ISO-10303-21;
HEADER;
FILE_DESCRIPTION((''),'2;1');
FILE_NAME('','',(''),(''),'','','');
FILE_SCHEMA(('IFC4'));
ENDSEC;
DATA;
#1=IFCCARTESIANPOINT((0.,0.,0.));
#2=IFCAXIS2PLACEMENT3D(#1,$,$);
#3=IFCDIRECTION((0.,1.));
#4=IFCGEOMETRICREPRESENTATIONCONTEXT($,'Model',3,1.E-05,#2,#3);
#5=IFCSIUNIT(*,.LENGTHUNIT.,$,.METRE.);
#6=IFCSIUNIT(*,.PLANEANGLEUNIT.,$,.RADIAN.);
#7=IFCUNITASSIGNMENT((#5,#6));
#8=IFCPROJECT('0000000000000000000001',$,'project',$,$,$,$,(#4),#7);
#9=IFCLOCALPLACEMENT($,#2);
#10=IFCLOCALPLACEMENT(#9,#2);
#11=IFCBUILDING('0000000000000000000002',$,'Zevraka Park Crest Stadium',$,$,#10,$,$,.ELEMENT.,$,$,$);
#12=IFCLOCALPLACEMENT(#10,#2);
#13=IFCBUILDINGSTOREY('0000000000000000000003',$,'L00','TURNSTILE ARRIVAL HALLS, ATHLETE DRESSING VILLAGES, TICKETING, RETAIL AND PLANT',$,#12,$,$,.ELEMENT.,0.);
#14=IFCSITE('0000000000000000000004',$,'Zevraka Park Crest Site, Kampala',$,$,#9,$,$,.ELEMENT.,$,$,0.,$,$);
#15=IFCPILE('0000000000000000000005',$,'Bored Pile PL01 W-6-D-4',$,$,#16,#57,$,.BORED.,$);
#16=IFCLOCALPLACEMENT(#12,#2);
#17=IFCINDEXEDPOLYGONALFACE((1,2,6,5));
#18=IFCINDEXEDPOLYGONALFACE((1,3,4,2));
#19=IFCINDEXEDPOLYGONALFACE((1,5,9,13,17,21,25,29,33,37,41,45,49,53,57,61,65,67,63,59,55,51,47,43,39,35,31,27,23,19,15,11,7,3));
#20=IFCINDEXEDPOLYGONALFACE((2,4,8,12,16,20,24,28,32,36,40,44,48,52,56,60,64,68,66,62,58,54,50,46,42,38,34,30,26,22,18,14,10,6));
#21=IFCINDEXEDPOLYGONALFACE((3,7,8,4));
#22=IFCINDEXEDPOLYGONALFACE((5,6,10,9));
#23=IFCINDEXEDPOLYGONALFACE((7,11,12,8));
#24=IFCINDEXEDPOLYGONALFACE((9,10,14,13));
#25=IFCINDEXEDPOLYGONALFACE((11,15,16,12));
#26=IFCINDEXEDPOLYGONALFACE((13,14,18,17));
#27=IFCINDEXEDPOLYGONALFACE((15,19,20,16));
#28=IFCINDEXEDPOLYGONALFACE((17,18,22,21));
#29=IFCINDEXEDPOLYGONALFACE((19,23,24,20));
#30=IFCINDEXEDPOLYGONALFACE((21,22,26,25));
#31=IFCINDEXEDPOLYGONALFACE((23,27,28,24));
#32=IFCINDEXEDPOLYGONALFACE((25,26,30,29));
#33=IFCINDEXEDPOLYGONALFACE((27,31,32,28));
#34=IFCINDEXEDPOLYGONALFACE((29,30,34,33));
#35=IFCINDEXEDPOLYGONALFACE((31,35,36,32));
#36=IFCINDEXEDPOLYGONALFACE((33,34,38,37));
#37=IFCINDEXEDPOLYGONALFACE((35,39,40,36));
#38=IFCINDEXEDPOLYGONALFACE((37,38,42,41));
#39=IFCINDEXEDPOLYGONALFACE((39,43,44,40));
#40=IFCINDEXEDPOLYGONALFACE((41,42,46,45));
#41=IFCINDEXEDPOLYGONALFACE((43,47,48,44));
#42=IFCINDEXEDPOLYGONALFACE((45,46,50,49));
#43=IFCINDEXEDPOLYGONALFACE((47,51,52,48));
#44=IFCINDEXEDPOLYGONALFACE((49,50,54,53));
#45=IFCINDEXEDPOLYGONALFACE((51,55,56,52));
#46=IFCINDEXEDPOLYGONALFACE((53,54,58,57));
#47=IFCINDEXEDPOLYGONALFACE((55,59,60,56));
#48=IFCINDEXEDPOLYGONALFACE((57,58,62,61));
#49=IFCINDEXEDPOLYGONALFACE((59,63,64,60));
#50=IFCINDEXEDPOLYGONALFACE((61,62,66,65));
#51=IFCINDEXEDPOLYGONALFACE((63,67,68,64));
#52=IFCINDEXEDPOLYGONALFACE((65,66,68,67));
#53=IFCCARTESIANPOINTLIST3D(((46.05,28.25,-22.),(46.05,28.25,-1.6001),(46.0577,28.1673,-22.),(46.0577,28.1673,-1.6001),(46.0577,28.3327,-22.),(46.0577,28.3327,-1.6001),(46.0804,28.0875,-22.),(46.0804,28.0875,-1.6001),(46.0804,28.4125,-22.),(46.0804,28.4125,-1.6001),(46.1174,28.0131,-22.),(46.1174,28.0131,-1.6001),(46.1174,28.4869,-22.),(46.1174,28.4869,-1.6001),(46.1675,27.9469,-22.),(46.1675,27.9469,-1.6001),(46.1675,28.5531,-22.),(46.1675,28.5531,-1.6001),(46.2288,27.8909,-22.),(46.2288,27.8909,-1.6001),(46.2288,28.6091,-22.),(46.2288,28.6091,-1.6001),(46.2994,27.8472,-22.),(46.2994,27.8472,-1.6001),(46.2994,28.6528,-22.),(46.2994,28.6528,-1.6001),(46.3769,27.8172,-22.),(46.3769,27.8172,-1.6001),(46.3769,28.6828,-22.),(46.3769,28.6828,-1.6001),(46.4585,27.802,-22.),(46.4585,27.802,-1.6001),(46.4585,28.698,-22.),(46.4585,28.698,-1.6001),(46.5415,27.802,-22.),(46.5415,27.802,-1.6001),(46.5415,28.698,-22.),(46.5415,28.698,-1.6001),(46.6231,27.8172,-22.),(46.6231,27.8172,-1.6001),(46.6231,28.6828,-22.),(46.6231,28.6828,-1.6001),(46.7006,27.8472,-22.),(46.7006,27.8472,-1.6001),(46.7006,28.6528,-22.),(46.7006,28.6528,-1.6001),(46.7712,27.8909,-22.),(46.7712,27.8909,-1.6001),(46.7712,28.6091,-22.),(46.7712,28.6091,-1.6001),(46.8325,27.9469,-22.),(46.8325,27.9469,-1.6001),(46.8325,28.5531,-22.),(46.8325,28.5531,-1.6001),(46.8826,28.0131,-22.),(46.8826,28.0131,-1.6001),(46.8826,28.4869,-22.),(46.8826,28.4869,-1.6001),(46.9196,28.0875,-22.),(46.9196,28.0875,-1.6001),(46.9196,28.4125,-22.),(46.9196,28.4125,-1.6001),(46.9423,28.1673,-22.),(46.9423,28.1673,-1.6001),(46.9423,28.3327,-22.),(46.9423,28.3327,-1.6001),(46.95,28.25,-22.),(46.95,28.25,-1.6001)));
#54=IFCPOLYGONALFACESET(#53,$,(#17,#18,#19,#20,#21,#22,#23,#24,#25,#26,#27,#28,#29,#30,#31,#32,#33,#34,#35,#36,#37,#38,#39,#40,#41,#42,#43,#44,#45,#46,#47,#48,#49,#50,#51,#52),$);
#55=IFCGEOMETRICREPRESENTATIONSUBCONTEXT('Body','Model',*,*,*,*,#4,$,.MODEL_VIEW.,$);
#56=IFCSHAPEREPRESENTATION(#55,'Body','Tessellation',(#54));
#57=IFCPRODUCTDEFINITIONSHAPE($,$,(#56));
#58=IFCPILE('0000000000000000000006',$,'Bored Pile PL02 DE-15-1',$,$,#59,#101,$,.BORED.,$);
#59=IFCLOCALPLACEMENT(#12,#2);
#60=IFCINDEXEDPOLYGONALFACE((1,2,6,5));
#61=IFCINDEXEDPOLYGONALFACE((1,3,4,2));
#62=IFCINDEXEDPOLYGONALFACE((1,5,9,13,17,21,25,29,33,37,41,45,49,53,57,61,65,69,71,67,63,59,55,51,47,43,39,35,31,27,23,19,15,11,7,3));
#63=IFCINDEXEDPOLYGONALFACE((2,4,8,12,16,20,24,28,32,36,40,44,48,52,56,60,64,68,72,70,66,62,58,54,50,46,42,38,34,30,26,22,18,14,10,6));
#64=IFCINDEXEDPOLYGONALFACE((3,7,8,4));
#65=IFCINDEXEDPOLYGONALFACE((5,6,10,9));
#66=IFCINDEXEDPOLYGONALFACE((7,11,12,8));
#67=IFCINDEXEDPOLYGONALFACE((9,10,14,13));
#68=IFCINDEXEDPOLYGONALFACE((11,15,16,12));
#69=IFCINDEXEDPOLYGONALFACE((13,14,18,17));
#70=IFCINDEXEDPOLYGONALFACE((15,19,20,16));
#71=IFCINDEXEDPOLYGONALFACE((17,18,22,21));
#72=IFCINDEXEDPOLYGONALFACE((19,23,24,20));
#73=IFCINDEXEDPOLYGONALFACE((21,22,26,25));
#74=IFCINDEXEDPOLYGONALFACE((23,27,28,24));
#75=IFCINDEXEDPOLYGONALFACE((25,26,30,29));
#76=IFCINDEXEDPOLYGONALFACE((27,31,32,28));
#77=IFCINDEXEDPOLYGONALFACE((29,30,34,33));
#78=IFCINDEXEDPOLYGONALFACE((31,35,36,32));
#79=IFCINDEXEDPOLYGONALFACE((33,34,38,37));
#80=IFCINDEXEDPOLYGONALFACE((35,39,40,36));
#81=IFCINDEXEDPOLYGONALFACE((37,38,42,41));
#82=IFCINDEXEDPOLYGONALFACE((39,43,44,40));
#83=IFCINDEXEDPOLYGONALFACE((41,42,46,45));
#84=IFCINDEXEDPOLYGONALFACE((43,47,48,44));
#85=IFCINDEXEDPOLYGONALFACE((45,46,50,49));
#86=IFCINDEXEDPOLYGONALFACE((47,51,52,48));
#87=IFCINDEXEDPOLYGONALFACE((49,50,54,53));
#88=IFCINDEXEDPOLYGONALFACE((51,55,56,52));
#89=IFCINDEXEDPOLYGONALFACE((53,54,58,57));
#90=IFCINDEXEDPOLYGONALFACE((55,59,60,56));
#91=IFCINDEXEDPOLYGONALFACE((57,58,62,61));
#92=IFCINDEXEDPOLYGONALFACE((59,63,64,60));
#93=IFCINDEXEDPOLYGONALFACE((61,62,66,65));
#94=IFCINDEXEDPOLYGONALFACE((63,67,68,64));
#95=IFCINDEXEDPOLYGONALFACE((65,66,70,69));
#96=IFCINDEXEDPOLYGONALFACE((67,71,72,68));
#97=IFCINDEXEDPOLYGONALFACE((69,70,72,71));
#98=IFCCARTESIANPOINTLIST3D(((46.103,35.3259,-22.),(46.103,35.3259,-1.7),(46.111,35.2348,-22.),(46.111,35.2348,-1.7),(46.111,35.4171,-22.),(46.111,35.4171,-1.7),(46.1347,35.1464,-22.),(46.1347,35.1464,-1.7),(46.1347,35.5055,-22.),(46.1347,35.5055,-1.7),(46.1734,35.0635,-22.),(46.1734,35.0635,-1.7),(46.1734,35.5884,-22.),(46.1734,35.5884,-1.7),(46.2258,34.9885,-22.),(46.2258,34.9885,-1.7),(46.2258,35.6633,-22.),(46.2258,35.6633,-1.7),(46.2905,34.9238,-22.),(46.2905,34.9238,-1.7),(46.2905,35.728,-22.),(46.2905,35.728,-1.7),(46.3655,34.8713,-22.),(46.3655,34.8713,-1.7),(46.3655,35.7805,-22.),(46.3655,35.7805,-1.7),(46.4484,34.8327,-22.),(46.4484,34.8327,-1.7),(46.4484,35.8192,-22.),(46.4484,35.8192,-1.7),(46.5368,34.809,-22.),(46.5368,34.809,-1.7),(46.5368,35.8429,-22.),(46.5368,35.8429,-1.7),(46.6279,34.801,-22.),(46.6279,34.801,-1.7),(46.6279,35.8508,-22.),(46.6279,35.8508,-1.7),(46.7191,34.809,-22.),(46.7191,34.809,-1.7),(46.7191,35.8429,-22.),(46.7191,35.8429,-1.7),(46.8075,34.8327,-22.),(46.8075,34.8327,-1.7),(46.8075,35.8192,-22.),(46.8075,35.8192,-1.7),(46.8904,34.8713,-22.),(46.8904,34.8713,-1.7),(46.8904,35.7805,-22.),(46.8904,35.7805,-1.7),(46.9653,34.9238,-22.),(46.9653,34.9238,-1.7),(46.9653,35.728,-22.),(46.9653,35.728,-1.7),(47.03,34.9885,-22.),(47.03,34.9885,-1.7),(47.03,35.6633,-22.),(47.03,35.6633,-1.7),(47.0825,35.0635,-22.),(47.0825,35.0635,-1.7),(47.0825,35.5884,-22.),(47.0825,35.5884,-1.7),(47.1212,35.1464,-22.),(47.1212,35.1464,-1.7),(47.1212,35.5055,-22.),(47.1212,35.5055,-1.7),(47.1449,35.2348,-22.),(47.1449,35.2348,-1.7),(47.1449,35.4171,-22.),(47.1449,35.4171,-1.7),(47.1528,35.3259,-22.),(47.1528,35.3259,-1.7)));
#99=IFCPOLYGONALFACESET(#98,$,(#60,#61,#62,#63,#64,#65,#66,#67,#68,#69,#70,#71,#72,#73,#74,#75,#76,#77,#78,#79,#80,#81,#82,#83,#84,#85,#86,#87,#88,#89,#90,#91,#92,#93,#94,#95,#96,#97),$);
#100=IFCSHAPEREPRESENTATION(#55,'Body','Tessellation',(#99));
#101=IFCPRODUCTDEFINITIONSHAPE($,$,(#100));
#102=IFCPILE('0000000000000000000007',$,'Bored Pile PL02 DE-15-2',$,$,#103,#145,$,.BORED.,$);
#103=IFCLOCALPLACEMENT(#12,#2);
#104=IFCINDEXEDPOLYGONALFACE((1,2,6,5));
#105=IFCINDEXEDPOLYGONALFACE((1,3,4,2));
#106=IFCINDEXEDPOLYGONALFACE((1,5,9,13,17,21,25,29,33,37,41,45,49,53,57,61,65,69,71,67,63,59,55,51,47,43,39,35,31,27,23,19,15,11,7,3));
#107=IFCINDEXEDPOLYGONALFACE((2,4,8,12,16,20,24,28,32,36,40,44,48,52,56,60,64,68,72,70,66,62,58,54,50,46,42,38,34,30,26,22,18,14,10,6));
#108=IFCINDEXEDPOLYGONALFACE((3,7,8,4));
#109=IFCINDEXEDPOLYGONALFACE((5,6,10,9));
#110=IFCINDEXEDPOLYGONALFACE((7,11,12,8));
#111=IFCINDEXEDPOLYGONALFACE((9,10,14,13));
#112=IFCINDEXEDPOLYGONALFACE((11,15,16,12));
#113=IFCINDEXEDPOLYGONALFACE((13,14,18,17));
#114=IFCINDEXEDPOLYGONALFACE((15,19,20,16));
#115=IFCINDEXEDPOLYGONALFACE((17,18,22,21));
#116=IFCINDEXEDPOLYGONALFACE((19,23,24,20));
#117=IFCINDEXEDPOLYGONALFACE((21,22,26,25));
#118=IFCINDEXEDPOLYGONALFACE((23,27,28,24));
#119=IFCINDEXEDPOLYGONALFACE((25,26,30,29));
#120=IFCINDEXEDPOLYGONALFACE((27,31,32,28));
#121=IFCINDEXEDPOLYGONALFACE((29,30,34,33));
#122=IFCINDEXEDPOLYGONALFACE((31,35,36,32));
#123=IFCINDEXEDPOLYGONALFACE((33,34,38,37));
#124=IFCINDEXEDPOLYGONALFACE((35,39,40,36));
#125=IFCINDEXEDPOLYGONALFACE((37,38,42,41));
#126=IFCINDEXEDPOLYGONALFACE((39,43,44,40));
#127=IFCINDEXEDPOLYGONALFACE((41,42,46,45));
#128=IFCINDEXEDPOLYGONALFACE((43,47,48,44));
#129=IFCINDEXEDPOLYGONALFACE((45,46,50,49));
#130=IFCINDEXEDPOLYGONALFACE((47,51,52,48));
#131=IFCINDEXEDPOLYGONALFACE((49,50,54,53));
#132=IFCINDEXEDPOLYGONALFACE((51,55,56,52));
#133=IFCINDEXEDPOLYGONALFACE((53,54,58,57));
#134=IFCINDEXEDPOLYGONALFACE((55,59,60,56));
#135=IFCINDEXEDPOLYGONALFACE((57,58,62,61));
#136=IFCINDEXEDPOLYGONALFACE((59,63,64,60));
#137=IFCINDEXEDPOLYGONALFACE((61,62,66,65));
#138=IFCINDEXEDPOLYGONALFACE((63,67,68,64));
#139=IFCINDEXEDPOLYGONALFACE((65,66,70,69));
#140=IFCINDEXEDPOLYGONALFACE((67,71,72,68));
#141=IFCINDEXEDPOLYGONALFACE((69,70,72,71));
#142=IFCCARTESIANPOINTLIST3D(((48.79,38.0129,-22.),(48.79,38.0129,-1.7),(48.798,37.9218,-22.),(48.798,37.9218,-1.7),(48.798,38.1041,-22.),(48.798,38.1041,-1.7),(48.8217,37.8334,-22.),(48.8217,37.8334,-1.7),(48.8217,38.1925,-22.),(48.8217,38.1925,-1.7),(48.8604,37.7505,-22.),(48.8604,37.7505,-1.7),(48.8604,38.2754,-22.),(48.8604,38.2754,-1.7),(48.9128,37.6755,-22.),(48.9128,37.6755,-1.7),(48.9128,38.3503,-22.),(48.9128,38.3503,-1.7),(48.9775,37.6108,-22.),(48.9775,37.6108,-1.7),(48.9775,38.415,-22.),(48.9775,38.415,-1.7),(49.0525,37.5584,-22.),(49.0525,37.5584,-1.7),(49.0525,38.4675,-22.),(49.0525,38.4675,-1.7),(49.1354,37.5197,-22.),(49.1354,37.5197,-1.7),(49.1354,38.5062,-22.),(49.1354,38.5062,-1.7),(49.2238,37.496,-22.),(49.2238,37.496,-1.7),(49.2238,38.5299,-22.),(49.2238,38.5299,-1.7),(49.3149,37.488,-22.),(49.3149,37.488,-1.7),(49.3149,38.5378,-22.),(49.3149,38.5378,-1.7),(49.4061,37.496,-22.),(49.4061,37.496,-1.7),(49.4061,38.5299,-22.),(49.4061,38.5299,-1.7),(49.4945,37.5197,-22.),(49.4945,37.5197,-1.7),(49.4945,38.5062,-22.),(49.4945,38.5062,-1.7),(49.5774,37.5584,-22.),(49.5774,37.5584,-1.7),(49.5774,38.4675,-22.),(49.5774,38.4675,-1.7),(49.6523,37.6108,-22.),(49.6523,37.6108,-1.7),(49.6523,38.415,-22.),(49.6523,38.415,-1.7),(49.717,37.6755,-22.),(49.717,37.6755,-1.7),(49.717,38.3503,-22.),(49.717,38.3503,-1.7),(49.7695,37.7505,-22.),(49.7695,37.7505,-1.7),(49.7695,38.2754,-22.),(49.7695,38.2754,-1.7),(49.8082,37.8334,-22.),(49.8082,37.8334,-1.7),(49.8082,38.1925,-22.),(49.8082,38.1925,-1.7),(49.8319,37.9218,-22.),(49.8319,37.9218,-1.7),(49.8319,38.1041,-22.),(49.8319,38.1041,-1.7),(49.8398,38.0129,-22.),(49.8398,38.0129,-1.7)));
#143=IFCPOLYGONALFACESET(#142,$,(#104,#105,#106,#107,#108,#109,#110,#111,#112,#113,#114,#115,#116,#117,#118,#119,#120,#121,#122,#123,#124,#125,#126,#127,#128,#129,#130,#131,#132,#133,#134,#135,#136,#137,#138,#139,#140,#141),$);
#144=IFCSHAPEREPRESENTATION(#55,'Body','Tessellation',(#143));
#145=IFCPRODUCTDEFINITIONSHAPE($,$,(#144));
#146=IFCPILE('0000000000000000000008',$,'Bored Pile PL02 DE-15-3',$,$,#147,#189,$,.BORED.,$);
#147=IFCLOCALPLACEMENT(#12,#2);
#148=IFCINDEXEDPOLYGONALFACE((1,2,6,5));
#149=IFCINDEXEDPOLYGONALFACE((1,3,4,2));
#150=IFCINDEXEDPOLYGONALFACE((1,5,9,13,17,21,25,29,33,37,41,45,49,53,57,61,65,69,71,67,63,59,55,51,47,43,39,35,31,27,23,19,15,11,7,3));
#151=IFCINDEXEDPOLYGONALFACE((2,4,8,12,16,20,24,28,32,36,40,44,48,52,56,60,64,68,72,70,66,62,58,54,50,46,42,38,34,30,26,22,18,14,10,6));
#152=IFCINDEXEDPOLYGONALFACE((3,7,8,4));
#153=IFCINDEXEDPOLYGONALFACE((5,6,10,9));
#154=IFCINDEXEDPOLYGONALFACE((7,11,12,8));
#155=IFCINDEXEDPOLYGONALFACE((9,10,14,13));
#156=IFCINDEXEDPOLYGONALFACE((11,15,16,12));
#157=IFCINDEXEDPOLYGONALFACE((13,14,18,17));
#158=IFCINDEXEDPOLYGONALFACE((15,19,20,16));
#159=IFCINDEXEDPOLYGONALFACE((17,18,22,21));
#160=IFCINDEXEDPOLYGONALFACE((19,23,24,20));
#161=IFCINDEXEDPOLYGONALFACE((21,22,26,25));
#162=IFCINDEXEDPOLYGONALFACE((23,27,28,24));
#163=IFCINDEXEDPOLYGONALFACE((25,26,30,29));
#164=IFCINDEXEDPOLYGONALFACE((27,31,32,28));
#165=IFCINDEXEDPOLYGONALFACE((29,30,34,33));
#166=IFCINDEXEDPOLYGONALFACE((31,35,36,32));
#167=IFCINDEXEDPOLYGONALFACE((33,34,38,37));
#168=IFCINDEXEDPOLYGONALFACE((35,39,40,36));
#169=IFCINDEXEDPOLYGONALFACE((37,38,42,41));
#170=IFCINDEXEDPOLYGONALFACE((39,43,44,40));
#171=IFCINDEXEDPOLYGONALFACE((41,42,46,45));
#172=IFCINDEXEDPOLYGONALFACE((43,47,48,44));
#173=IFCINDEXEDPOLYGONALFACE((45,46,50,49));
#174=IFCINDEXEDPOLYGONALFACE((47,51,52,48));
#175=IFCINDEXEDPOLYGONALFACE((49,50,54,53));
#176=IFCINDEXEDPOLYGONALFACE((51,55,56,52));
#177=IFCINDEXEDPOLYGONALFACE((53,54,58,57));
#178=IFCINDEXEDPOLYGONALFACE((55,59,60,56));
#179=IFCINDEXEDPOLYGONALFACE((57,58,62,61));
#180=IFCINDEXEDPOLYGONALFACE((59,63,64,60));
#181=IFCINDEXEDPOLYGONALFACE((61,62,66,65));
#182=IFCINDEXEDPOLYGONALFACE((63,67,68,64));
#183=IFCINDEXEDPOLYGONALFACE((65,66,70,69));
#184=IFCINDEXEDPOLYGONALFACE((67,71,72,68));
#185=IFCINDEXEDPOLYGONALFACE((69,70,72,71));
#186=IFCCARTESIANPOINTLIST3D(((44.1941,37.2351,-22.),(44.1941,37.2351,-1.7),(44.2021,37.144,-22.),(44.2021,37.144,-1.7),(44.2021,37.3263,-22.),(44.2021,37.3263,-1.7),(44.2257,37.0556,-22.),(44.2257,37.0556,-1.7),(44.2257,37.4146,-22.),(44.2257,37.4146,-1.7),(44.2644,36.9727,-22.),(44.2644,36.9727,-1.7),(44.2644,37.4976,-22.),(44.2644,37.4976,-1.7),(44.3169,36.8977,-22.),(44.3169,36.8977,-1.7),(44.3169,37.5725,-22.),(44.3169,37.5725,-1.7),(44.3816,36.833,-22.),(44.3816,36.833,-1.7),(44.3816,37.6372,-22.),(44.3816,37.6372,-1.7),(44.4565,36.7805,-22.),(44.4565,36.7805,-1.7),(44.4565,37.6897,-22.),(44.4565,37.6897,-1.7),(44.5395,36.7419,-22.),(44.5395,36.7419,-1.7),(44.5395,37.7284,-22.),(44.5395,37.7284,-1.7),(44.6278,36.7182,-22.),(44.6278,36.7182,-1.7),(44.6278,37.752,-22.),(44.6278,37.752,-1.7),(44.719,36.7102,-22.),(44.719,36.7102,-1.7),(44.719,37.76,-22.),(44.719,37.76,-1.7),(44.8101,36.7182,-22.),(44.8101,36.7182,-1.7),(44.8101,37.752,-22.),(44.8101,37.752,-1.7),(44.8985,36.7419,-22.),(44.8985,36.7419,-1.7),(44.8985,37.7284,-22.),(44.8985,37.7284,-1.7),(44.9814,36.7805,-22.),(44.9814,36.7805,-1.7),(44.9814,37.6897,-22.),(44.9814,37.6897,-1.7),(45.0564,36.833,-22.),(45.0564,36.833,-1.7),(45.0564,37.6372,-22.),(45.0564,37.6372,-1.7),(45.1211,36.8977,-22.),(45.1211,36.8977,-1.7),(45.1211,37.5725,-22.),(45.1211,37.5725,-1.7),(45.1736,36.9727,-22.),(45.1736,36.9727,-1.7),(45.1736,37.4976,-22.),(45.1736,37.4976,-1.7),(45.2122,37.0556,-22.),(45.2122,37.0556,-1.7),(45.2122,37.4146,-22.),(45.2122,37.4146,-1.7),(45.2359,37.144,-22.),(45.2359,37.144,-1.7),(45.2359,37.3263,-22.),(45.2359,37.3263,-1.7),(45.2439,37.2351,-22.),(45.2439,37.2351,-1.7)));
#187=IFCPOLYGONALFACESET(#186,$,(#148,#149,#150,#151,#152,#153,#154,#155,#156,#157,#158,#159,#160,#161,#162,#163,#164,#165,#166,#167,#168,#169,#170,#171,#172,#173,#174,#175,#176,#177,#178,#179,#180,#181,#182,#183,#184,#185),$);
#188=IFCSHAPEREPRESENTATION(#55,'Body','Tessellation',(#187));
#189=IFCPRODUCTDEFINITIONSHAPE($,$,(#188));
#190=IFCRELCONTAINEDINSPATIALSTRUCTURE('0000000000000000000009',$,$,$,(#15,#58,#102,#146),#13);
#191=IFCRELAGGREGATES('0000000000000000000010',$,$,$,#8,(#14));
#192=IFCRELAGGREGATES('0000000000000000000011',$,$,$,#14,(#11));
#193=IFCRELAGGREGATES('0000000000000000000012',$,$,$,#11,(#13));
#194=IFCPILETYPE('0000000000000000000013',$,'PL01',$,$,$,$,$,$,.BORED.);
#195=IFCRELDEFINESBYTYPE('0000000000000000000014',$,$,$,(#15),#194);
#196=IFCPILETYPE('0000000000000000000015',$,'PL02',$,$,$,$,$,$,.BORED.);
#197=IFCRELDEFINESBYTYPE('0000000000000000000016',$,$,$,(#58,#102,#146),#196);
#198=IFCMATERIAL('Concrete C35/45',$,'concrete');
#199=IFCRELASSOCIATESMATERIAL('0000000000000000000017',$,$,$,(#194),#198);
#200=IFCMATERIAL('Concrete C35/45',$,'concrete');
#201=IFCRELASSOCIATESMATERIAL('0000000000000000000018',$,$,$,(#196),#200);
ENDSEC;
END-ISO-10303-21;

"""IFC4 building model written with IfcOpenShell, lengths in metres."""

from ifc_helpers import new_model, si_unit, direction, frame, origin, origin_2d, place, context, subcontext, project, spatial, circle, extrude, material, material_profile, profile_set, type_object, element, save


model = new_model("IFC4")

# Units and contexts
model_context = context("Model", 3, precision=1e-05, world=origin(), true_north=direction((0.0, 1.0)))
body_context = subcontext(model_context, "Body", "Model", "MODEL_VIEW")
ifc_project = project(units=[si_unit("LENGTHUNIT", "METRE"), si_unit("PLANEANGLEUNIT", "RADIAN")], contexts=[model_context])

# Site, building, storey
site_placement = place(None, origin())
site = spatial("IfcSite", under=ifc_project, at=site_placement, Name="Zevraka Park Crest Site, Kampala", CompositionType="ELEMENT", RefElevation=0.0)
building_placement = place(site_placement, origin())
building = spatial("IfcBuilding", under=site, at=building_placement, Name="Zevraka Park Crest Stadium", CompositionType="ELEMENT")
storey_placement = place(building_placement, origin())
storey = spatial("IfcBuildingStorey", under=building, at=storey_placement, Name="L00", Description="TURNSTILE ARRIVAL HALLS, ATHLETE DRESSING VILLAGES, TICKETING, RETAIL AND PLANT", CompositionType="ELEMENT", Elevation=0.0)

# Piles
ifc_material_1 = material(Name="Concrete C35/45", Category="concrete")
ifc_material_profile_1 = material_profile(ifc_material_1, circle(Radius=0.45, at=origin_2d()), Name="PILE D900")
ifc_profile_set_1 = profile_set([ifc_material_profile_1], Name="Concrete C35/45")
pile_type_1 = type_object("IfcPileType", Name="PL01", PredefinedType="BORED", material=ifc_profile_set_1)
for number, where, z_axis, x_axis, name in (
    (1, (46.5, 28.25, -1.6001), (0.0, 0.0, -1.0), (1.0, 0.0, 0.0), "Bored Pile PL01 W-6-D-4"),
):
    element("IfcPile", number, at=place(storey_placement, frame(where, z_axis=z_axis, x_axis=x_axis)), inside=storey, type_object=pile_type_1, Name=name, PredefinedType="BORED", context=body_context, shape_type="SweptSolid", body=[
        extrude(circle(Radius=0.45, at=origin_2d()), origin(), (0.0, 0.0, 1.0), 20.3999),
    ])
ifc_material_2 = material(Name="Concrete C35/45", Category="concrete")
ifc_material_profile_2 = material_profile(ifc_material_2, circle(Radius=0.5249, at=origin_2d()), Name="PILE D1050")
ifc_profile_set_2 = profile_set([ifc_material_profile_2], Name="Concrete C35/45")
pile_type_2 = type_object("IfcPileType", Name="PL02", PredefinedType="BORED", material=ifc_profile_set_2)
for number, where, z_axis, x_axis, name in (
    (2, (46.6279, 35.3259, -1.7), (0.0, 0.0, -1.0), (1.0, 0.0, 0.0), "Bored Pile PL02 DE-15-1"),
    (3, (49.3149, 38.0129, -1.7), (0.0, 0.0, -1.0), (1.0, 0.0, 0.0), "Bored Pile PL02 DE-15-2"),
    (4, (44.719, 37.2351, -1.7), (0.0, 0.0, -1.0), (1.0, 0.0, 0.0), "Bored Pile PL02 DE-15-3"),
):
    element("IfcPile", number, at=place(storey_placement, frame(where, z_axis=z_axis, x_axis=x_axis)), inside=storey, type_object=pile_type_2, Name=name, PredefinedType="BORED", context=body_context, shape_type="SweptSolid", body=[
        extrude(circle(Radius=0.5249, at=origin_2d()), origin(), (0.0, 0.0, 1.0), 20.3),
    ])

save(model, "model.ifc")
